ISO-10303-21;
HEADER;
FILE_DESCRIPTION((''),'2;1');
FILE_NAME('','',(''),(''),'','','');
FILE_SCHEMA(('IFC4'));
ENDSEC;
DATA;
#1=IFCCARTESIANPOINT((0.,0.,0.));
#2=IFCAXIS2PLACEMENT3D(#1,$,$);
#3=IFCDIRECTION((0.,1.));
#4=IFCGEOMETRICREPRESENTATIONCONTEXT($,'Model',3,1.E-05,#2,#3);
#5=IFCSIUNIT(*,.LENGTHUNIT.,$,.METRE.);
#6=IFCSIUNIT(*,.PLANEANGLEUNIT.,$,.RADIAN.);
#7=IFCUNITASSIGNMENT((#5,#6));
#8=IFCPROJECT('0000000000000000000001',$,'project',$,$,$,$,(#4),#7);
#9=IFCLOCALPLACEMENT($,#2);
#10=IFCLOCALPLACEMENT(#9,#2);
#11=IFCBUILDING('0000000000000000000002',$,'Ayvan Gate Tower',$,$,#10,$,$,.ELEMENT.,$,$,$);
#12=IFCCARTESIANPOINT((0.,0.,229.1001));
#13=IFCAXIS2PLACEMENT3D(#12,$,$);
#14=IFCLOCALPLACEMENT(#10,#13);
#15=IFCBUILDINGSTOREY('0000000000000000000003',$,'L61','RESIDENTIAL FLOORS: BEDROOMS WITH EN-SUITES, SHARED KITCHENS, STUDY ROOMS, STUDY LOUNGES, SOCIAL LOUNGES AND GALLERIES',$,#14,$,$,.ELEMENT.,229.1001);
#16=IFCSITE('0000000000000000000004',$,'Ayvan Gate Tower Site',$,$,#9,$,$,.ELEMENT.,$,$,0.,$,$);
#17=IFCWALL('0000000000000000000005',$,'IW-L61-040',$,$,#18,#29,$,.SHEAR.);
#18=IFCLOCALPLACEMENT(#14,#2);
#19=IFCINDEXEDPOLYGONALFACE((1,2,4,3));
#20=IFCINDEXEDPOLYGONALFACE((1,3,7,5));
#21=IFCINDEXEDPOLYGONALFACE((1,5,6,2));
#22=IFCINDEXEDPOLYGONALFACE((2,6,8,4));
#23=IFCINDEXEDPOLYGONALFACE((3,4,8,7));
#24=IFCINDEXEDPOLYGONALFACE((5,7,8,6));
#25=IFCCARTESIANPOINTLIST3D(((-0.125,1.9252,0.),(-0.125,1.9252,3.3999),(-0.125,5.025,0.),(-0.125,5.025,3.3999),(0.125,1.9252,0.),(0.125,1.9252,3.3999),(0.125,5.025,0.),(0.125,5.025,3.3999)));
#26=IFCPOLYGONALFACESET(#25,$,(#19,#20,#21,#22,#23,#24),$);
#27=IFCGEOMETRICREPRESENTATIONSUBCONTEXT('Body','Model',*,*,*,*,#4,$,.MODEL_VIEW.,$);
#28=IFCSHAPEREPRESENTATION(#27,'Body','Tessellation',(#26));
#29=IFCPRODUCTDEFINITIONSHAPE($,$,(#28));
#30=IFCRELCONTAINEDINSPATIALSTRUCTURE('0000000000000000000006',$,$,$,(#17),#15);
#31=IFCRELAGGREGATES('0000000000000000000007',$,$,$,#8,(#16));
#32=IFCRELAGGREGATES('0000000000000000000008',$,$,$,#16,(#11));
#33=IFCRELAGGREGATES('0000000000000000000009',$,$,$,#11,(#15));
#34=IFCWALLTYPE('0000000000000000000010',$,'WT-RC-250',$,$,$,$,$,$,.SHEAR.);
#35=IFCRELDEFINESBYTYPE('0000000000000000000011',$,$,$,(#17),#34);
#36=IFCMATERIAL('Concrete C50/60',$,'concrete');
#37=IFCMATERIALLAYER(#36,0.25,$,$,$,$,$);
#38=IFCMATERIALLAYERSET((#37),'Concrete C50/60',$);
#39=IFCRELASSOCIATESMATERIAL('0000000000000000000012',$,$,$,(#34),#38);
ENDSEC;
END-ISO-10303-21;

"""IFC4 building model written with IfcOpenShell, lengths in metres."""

from ifc_helpers import new_model, si_unit, direction, frame, frame_2d, origin, place, context, subcontext, project, spatial, rectangle, extrude, material, layer, layer_set, type_object, element, save


model = new_model("IFC4")

# Units and contexts
model_context = context("Model", 3, precision=1e-05, world=origin(), true_north=direction((0.0, 1.0)))
body_context = subcontext(model_context, "Body", "Model", "MODEL_VIEW")
ifc_project = project(units=[si_unit("LENGTHUNIT", "METRE"), si_unit("PLANEANGLEUNIT", "RADIAN")], contexts=[model_context])

# Site, building, storey
site_placement = place(None, origin())
site = spatial("IfcSite", under=ifc_project, at=site_placement, Name="Ayvan Gate Tower Site", CompositionType="ELEMENT", RefElevation=0.0)
building_placement = place(site_placement, origin())
building = spatial("IfcBuilding", under=site, at=building_placement, Name="Ayvan Gate Tower", CompositionType="ELEMENT")
storey_placement = place(building_placement, frame((0.0, 0.0, 229.1001)))
storey = spatial("IfcBuildingStorey", under=building, at=storey_placement, Name="L61", Description="RESIDENTIAL FLOORS: BEDROOMS WITH EN-SUITES, SHARED KITCHENS, STUDY ROOMS, STUDY LOUNGES, SOCIAL LOUNGES AND GALLERIES", CompositionType="ELEMENT", Elevation=229.1001)

# Shared definitions
ifc_material_1 = material(Name="Concrete C50/60", Category="concrete")
ifc_layer_1 = layer(ifc_material_1, 0.25)
ifc_layer_set_1 = layer_set([ifc_layer_1], Name="Concrete C50/60")
wall_type_1 = type_object("IfcWallType", Name="WT-RC-250", PredefinedType="SHEAR", material=ifc_layer_set_1)

# Wall
for number, where, z_axis, x_axis, name in (
    (1, (0.0, 5.0249, 0.0), (0.0, 0.0, 1.0), (0.0, -1.0, 0.0), "IW-L61-040"),
):
    element("IfcWall", number, at=place(storey_placement, frame(where, z_axis=z_axis, x_axis=x_axis)), inside=storey, type_object=wall_type_1, Name=name, PredefinedType="SHEAR", context=body_context, shape_type="SweptSolid", body=[
        extrude(rectangle(XDim=3.0999, YDim=0.25, at=frame_2d((1.5498, 0.0))), origin(), (0.0, 0.0, 1.0), 3.3999),
    ])

save(model, "model.ifc")
